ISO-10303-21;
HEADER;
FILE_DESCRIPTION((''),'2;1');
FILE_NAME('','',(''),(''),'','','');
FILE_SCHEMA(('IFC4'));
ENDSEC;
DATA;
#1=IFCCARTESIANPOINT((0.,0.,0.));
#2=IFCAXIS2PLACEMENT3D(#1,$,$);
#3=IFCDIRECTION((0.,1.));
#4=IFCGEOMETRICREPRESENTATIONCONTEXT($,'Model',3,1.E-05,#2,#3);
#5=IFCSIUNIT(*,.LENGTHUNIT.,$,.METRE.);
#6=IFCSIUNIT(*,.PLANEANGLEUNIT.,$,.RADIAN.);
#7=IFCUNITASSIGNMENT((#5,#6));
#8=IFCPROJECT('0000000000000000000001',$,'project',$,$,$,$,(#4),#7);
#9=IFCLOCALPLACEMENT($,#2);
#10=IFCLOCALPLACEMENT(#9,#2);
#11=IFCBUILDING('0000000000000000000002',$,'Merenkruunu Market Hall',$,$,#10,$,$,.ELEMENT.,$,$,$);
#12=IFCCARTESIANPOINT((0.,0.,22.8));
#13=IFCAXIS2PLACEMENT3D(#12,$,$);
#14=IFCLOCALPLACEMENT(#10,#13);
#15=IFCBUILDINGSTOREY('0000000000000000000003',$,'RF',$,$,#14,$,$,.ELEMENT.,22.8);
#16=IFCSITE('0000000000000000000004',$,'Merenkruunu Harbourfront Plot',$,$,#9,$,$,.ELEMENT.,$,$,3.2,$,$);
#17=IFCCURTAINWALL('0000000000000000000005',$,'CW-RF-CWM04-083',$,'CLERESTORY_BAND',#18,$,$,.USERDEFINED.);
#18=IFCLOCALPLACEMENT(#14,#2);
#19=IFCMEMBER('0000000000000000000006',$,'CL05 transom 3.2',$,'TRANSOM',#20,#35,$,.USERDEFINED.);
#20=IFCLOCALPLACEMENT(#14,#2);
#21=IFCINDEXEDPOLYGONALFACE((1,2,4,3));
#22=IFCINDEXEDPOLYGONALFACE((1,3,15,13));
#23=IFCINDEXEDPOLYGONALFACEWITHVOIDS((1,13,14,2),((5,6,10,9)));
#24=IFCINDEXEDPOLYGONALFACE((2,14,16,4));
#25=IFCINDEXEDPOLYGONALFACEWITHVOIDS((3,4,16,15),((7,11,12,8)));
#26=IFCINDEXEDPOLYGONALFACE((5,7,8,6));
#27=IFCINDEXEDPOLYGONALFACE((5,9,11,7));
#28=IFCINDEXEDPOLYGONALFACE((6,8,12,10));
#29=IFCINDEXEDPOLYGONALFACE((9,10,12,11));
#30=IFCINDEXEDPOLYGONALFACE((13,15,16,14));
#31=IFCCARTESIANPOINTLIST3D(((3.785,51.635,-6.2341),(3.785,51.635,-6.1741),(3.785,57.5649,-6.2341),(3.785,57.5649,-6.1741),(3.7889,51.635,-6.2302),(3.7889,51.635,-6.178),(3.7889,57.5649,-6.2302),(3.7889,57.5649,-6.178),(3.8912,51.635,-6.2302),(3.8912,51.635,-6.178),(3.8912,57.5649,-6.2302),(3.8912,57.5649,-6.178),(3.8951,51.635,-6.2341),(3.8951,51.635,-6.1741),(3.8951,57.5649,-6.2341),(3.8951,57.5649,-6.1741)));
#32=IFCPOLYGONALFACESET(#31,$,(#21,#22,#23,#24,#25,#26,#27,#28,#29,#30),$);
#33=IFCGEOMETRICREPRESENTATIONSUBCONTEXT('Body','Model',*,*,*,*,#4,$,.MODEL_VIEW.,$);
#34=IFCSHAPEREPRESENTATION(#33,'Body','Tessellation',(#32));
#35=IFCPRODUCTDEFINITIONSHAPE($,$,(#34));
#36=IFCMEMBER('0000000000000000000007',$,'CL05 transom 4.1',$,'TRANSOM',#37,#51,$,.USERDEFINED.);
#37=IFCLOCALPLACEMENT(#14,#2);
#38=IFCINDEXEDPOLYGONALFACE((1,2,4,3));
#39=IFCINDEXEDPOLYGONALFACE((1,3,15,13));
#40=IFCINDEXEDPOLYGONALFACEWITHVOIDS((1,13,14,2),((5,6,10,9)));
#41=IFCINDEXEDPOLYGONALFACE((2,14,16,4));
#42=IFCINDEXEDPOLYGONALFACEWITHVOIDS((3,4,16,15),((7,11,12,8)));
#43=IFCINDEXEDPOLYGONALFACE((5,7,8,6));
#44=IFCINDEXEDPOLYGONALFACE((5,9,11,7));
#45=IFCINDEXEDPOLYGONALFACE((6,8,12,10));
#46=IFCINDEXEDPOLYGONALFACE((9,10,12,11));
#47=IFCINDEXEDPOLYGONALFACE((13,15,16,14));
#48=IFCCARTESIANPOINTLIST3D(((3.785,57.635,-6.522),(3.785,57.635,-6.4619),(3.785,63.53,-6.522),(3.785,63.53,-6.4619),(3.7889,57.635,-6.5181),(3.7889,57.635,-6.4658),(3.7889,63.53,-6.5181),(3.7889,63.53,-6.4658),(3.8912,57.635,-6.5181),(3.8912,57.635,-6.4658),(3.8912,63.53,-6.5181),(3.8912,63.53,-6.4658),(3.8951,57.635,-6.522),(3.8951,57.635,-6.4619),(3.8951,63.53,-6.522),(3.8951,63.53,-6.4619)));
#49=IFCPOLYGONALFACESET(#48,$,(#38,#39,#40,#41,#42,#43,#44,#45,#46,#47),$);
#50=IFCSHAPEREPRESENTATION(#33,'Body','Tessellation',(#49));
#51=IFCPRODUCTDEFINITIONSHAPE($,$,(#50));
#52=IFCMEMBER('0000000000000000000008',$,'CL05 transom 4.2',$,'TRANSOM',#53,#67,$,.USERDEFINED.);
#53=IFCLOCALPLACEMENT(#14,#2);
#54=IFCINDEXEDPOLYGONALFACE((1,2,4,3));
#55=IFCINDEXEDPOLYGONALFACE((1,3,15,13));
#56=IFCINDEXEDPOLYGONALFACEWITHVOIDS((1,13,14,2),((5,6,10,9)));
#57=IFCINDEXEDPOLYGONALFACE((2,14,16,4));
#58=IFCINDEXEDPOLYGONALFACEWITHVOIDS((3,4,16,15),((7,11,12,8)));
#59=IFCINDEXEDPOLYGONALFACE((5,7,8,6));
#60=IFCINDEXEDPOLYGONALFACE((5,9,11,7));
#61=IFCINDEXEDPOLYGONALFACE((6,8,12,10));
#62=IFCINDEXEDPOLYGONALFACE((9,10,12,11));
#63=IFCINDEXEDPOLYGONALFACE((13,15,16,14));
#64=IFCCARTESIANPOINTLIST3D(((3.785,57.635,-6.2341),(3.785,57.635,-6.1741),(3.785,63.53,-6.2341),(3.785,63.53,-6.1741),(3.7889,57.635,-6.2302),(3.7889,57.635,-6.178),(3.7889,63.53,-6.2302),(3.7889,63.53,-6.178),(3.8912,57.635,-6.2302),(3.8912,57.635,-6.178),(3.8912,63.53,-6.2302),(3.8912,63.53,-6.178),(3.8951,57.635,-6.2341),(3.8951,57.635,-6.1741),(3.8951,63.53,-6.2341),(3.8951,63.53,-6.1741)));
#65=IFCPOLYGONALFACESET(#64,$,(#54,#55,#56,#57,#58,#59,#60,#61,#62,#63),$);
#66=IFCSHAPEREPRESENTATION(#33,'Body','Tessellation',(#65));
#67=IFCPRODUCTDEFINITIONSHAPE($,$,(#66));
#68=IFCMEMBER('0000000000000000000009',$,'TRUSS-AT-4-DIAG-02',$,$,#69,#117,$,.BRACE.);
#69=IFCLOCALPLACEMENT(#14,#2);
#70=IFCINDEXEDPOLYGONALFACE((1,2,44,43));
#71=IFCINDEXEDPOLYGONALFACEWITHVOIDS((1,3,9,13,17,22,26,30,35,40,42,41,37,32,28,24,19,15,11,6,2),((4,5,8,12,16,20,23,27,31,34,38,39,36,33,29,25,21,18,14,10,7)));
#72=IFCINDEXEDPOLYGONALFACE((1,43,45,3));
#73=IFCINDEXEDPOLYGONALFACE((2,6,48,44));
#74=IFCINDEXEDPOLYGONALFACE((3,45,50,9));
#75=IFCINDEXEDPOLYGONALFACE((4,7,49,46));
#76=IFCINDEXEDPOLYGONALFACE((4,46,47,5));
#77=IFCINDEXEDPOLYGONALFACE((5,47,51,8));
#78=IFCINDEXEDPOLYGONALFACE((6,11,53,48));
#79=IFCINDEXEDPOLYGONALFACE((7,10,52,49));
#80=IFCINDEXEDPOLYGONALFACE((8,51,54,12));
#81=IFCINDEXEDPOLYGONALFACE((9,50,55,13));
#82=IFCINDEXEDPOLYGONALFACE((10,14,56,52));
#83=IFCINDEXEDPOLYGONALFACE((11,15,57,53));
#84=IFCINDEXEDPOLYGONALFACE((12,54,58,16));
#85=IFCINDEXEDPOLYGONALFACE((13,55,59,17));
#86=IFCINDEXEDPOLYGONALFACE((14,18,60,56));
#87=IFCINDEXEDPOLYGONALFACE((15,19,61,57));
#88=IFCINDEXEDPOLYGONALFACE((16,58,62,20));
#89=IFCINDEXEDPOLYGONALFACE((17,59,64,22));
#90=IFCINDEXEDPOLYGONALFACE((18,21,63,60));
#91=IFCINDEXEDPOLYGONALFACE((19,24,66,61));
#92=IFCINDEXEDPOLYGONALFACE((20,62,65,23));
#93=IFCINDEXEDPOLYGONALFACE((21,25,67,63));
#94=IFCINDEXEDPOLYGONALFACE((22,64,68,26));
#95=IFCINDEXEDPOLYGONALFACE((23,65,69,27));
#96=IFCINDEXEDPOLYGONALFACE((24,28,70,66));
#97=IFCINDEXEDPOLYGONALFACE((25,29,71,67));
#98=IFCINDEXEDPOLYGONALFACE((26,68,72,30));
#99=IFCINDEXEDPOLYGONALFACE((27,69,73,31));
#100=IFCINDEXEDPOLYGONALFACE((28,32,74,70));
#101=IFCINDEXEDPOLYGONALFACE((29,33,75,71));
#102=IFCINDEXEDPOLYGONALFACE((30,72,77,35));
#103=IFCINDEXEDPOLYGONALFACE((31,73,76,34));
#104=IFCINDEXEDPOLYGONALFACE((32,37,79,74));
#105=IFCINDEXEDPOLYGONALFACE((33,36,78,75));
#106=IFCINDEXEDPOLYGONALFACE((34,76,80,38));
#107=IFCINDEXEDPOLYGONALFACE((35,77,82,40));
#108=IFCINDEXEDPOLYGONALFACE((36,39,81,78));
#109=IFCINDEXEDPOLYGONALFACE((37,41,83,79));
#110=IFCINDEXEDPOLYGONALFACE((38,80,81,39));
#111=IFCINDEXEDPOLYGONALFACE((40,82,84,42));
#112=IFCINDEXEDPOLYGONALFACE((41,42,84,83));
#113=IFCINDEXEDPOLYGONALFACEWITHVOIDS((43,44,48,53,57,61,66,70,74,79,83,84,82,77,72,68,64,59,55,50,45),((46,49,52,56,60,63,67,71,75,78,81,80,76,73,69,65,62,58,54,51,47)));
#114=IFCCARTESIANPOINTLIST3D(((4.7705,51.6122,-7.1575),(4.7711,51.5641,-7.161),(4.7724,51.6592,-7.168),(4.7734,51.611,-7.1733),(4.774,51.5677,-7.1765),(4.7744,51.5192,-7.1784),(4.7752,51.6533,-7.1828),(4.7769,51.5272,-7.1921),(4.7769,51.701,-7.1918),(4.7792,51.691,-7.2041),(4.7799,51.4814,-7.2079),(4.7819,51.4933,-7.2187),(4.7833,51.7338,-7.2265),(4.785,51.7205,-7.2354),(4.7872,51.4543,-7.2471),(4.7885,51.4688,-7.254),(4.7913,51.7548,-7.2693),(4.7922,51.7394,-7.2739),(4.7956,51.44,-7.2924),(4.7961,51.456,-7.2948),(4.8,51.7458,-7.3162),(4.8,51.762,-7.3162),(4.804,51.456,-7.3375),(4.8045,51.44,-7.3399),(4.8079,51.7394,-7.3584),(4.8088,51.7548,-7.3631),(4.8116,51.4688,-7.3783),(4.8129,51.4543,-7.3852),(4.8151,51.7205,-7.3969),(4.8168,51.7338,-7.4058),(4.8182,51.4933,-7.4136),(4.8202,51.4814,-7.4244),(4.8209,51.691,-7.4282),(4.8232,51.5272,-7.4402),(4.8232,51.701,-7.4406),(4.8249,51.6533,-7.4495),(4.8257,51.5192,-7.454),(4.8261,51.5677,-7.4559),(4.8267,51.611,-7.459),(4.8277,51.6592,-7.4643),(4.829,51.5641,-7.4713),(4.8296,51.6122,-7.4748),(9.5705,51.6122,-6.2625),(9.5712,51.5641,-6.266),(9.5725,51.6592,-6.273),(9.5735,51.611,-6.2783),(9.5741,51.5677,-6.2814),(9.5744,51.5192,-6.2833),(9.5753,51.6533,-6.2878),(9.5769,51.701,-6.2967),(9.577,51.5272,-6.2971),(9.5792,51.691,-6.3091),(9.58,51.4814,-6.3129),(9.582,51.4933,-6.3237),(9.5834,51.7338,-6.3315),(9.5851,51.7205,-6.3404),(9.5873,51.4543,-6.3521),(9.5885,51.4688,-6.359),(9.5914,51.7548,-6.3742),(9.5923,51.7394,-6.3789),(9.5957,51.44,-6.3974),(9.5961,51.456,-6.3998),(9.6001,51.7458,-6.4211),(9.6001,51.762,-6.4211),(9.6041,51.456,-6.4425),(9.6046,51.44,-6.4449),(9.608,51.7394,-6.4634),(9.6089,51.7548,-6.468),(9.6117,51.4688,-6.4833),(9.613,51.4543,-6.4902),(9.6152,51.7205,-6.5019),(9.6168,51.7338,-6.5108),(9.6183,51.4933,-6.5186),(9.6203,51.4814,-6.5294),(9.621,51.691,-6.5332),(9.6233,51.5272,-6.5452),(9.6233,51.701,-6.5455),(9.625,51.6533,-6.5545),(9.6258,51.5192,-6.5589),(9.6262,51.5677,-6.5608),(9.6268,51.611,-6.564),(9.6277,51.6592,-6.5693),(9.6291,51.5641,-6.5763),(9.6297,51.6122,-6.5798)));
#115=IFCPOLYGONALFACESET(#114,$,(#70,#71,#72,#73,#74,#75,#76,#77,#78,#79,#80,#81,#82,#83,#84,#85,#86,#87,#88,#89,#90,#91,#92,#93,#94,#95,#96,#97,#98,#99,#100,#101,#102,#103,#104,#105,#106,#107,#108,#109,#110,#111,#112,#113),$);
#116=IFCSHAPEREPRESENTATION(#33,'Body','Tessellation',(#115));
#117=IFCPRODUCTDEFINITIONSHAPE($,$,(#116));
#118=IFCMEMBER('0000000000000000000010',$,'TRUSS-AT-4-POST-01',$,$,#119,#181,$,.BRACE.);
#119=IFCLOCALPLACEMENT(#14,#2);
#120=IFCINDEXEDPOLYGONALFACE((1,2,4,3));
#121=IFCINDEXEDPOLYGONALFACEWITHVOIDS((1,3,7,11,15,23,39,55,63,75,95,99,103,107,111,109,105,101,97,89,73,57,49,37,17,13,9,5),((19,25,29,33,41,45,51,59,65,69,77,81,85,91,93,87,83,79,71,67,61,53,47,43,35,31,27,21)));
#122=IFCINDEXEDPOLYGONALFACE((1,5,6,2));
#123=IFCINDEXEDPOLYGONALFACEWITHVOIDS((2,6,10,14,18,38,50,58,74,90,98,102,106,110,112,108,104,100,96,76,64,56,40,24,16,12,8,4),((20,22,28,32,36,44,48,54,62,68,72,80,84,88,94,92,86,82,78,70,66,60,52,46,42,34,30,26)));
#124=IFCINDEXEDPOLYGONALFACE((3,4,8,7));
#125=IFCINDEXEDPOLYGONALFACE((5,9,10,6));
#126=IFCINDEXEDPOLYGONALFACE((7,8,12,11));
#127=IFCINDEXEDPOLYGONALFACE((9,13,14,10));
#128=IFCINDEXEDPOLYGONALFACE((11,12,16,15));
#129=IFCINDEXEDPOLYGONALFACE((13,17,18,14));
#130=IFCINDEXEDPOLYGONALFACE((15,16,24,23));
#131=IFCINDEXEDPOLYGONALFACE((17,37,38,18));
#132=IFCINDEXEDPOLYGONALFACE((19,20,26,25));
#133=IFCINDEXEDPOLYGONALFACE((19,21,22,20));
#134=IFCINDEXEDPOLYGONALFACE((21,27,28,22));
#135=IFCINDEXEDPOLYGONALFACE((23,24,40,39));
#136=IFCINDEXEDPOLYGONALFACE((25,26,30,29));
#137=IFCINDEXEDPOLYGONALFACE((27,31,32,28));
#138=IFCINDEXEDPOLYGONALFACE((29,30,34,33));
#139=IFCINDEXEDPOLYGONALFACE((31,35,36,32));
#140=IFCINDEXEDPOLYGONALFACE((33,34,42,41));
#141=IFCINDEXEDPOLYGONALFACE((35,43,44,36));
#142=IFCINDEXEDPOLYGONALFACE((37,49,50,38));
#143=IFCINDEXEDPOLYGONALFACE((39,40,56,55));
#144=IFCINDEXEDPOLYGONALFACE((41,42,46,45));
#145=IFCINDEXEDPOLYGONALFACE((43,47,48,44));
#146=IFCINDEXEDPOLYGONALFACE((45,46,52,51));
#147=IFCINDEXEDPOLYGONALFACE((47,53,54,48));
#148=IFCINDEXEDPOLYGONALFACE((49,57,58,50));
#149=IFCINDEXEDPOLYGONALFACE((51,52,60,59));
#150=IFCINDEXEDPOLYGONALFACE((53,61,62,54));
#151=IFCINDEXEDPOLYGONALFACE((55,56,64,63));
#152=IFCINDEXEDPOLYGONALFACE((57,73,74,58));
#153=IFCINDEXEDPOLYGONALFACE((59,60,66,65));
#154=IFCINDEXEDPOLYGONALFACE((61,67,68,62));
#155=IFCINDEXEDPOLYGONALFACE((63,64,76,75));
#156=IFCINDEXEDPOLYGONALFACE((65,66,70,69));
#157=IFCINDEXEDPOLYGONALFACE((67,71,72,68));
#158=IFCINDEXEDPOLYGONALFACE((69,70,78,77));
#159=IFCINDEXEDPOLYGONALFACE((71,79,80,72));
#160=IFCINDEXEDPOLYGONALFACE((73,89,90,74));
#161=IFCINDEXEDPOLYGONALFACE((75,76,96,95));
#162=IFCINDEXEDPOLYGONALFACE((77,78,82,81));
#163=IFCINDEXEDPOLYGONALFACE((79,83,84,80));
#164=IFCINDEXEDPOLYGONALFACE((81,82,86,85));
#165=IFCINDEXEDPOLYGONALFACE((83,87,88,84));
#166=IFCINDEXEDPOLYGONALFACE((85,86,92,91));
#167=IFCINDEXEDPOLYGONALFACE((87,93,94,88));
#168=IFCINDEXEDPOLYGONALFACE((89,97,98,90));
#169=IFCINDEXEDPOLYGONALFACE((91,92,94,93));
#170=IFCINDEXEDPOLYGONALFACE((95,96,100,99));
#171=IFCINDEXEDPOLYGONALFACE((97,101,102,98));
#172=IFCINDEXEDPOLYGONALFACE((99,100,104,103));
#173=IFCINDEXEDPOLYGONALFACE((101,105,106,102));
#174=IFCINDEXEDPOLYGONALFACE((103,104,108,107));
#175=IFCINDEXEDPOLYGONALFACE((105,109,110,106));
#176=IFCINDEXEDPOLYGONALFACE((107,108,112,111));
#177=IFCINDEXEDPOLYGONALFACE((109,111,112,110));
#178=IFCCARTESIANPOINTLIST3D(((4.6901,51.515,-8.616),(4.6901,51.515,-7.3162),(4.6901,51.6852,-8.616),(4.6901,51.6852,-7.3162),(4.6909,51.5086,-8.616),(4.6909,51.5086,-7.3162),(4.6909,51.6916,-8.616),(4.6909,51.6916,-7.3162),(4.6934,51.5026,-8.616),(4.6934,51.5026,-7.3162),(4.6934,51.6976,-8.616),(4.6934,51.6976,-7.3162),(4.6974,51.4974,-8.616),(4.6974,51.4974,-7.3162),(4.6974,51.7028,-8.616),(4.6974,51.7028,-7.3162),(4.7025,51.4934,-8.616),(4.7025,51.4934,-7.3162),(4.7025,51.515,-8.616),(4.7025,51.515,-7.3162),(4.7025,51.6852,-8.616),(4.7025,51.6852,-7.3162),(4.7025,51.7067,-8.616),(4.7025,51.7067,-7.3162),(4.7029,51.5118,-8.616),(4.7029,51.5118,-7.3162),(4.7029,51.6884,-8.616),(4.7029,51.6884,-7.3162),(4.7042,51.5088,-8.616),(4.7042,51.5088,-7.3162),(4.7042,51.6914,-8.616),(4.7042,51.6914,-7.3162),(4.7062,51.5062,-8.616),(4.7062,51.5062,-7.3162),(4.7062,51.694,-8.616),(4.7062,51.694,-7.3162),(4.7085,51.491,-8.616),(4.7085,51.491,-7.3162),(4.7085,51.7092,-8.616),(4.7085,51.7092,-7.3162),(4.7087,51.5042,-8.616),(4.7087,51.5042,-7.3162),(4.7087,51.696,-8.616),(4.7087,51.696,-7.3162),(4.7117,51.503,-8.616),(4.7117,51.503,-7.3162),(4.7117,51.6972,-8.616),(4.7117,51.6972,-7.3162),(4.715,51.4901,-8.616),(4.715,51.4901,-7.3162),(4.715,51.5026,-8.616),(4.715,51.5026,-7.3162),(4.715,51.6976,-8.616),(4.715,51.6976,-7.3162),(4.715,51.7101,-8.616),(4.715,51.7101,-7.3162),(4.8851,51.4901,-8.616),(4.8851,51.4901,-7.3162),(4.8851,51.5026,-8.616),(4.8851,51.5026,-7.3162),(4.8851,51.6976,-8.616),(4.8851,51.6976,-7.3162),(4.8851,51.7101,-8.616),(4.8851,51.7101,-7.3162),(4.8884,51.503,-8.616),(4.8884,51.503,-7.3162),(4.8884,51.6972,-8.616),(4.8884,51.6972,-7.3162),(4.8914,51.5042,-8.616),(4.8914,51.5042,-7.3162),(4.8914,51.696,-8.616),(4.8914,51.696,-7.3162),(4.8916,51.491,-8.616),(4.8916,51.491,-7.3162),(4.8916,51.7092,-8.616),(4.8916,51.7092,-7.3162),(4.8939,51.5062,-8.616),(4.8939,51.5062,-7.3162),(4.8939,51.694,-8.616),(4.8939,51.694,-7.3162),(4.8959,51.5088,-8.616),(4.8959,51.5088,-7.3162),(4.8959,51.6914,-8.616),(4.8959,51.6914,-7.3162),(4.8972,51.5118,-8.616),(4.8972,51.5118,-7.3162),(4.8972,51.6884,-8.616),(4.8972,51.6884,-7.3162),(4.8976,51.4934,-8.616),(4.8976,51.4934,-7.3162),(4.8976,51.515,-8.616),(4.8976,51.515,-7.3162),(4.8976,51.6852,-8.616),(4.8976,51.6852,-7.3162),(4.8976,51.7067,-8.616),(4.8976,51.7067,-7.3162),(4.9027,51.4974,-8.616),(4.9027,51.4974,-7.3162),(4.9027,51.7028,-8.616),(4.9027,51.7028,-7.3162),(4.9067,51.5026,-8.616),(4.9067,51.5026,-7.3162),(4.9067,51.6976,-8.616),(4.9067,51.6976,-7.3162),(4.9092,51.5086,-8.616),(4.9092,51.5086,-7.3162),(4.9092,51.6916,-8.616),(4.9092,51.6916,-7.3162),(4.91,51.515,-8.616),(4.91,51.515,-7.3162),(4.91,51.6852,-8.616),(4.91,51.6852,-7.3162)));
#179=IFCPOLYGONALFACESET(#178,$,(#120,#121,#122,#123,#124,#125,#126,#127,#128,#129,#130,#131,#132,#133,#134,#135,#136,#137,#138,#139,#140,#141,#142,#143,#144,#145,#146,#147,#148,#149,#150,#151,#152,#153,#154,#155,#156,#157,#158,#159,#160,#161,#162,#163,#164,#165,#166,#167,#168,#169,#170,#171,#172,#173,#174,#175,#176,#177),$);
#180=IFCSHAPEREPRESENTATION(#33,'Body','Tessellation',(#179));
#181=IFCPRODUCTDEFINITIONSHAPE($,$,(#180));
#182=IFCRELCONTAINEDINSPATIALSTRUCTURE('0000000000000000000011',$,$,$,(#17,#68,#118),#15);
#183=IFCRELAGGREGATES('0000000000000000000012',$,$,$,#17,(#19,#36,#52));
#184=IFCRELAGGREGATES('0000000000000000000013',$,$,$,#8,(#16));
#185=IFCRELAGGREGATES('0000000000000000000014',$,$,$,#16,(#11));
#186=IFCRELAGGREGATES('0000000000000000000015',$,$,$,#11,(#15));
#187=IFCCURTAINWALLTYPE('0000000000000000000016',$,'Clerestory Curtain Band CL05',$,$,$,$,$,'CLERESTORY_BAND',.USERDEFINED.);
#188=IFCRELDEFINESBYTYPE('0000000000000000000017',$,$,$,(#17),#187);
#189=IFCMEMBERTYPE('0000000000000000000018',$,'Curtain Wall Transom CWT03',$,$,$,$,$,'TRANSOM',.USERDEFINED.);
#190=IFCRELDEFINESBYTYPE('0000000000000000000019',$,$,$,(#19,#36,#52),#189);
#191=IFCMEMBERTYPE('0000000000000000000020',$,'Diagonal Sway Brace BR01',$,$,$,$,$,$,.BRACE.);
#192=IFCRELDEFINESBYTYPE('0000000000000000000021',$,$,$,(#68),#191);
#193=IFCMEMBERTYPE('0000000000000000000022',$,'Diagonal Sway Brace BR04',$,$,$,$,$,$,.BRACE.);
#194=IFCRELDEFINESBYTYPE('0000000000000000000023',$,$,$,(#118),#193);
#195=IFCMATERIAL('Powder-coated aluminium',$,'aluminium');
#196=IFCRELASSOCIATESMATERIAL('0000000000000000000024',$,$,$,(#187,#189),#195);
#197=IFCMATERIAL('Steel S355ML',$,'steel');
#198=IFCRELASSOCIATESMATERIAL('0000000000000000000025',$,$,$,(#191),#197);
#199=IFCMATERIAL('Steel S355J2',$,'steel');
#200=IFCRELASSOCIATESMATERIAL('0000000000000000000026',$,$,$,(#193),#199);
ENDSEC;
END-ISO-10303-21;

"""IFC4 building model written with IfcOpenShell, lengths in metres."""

from ifc_helpers import new_model, si_unit, direction, frame, origin, origin_2d, place, context, subcontext, project, spatial, hollow_rectangle, hollow_circle, extrude, material, material_profile, profile_set, type_object, element, aggregate, save


model = new_model("IFC4")

# Units and contexts
model_context = context("Model", 3, precision=1e-05, world=origin(), true_north=direction((0.0, 1.0)))
body_context = subcontext(model_context, "Body", "Model", "MODEL_VIEW")
ifc_project = project(units=[si_unit("LENGTHUNIT", "METRE"), si_unit("PLANEANGLEUNIT", "RADIAN")], contexts=[model_context])

# Site, building, storey
site_placement = place(None, origin())
site = spatial("IfcSite", under=ifc_project, at=site_placement, Name="Merenkruunu Harbourfront Plot", CompositionType="ELEMENT", RefElevation=3.2)
building_placement = place(site_placement, origin())
building = spatial("IfcBuilding", under=site, at=building_placement, Name="Merenkruunu Market Hall", CompositionType="ELEMENT")
storey_placement = place(building_placement, frame((0.0, 0.0, 22.8)))
storey = spatial("IfcBuildingStorey", under=building, at=storey_placement, Name="RF", CompositionType="ELEMENT", Elevation=22.8)

# Shared definitions
ifc_material_1 = material(Name="Steel S355ML", Category="steel")

# Curtain wall, members
ifc_material_2 = material(Name="Powder-coated aluminium", Category="aluminium")
curtain_wall_type = type_object("IfcCurtainWallType", Name="Clerestory Curtain Band CL05", ElementType="CLERESTORY_BAND", PredefinedType="USERDEFINED", material=ifc_material_2)
curtain_wall_placement = place(storey_placement, origin())
curtain_wall = element("IfcCurtainWall", 1, at=curtain_wall_placement, inside=storey, type_object=curtain_wall_type, Name="CW-RF-CWM04-083", ObjectType="CLERESTORY_BAND", PredefinedType="USERDEFINED")
ifc_material_profile_1 = material_profile(ifc_material_2, hollow_rectangle(XDim=0.0601, YDim=0.1101, WallThickness=0.0039, at=origin_2d()), Name="ALU 60x110x4")
ifc_profile_set_1 = profile_set([ifc_material_profile_1], Name="Powder-coated aluminium")
member_type_1 = type_object("IfcMemberType", Name="Curtain Wall Transom CWT03", ElementType="TRANSOM", PredefinedType="USERDEFINED", material=ifc_profile_set_1)
member_1_placement = place(storey_placement, frame((3.8401, 51.635, -6.2041), z_axis=(0.0, 1.0, 0.0), x_axis=(0.0, 0.0, 1.0)))
member_1 = element("IfcMember", 2, at=member_1_placement, type_object=member_type_1, Name="CL05 transom 3.2", ObjectType="TRANSOM", PredefinedType="USERDEFINED", context=body_context, shape_type="SweptSolid", body=[
    extrude(hollow_rectangle(XDim=0.0601, YDim=0.1101, WallThickness=0.0039, at=origin_2d()), origin(), (0.0, 0.0, 1.0), 5.9299),
])
member_2_placement = place(storey_placement, frame((3.8401, 57.635, -6.4919), z_axis=(0.0, 1.0, 0.0), x_axis=(0.0, 0.0, 1.0)))
member_2 = element("IfcMember", 3, at=member_2_placement, type_object=member_type_1, Name="CL05 transom 4.1", ObjectType="TRANSOM", PredefinedType="USERDEFINED", context=body_context, shape_type="SweptSolid", body=[
    extrude(hollow_rectangle(XDim=0.0601, YDim=0.1101, WallThickness=0.0039, at=origin_2d()), origin(), (0.0, 0.0, 1.0), 5.895),
])
member_3_placement = place(storey_placement, frame((3.8401, 57.635, -6.2041), z_axis=(0.0, 1.0, 0.0), x_axis=(0.0, 0.0, 1.0)))
member_3 = element("IfcMember", 4, at=member_3_placement, type_object=member_type_1, Name="CL05 transom 4.2", ObjectType="TRANSOM", PredefinedType="USERDEFINED", context=body_context, shape_type="SweptSolid", body=[
    extrude(hollow_rectangle(XDim=0.0601, YDim=0.1101, WallThickness=0.0039, at=origin_2d()), origin(), (0.0, 0.0, 1.0), 5.895),
])

# Members
ifc_material_profile_2 = material_profile(ifc_material_1, hollow_circle(Radius=0.1619, WallThickness=0.0161, at=origin_2d()), Name="CHS 323.9x16")
ifc_profile_set_2 = profile_set([ifc_material_profile_2], Name="Steel S355ML")
member_type_2 = type_object("IfcMemberType", Name="Diagonal Sway Brace BR01", PredefinedType="BRACE", material=ifc_profile_set_2)
member_4_placement = place(storey_placement, frame((4.8, 51.6001, -7.3162), z_axis=(0.983057, 0.0, 0.183301), x_axis=(0.0, 1.0, 0.0)))
element("IfcMember", 5, at=member_4_placement, inside=storey, type_object=member_type_2, Name="TRUSS-AT-4-DIAG-02", PredefinedType="BRACE", context=body_context, shape_type="SweptSolid", body=[
    extrude(hollow_circle(Radius=0.1619, WallThickness=0.0161, at=origin_2d()), origin(), (0.0, 0.0, 1.0), 4.8828),
])
ifc_material_3 = material(Name="Steel S355J2", Category="steel")
ifc_material_profile_3 = material_profile(ifc_material_3, hollow_rectangle(XDim=0.22, YDim=0.22, WallThickness=0.0125, InnerFilletRadius=0.0125, OuterFilletRadius=0.0249, at=origin_2d()), Name="SHS 220x220x12.5")
ifc_profile_set_3 = profile_set([ifc_material_profile_3], Name="Steel S355J2")
member_type_3 = type_object("IfcMemberType", Name="Diagonal Sway Brace BR04", PredefinedType="BRACE", material=ifc_profile_set_3)
member_5_placement = place(storey_placement, frame((4.8, 51.6001, -8.616), z_axis=(0.0, 0.0, 1.0), x_axis=(1.0, 0.0, 0.0)))
element("IfcMember", 6, at=member_5_placement, inside=storey, type_object=member_type_3, Name="TRUSS-AT-4-POST-01", PredefinedType="BRACE", context=body_context, shape_type="SweptSolid", body=[
    extrude(hollow_rectangle(XDim=0.22, YDim=0.22, WallThickness=0.0125, InnerFilletRadius=0.0125, OuterFilletRadius=0.0249, at=origin_2d()), origin(), (0.0, 0.0, 1.0), 1.2998),
])

aggregate(curtain_wall, [member_1, member_2, member_3])

save(model, "model.ifc")
